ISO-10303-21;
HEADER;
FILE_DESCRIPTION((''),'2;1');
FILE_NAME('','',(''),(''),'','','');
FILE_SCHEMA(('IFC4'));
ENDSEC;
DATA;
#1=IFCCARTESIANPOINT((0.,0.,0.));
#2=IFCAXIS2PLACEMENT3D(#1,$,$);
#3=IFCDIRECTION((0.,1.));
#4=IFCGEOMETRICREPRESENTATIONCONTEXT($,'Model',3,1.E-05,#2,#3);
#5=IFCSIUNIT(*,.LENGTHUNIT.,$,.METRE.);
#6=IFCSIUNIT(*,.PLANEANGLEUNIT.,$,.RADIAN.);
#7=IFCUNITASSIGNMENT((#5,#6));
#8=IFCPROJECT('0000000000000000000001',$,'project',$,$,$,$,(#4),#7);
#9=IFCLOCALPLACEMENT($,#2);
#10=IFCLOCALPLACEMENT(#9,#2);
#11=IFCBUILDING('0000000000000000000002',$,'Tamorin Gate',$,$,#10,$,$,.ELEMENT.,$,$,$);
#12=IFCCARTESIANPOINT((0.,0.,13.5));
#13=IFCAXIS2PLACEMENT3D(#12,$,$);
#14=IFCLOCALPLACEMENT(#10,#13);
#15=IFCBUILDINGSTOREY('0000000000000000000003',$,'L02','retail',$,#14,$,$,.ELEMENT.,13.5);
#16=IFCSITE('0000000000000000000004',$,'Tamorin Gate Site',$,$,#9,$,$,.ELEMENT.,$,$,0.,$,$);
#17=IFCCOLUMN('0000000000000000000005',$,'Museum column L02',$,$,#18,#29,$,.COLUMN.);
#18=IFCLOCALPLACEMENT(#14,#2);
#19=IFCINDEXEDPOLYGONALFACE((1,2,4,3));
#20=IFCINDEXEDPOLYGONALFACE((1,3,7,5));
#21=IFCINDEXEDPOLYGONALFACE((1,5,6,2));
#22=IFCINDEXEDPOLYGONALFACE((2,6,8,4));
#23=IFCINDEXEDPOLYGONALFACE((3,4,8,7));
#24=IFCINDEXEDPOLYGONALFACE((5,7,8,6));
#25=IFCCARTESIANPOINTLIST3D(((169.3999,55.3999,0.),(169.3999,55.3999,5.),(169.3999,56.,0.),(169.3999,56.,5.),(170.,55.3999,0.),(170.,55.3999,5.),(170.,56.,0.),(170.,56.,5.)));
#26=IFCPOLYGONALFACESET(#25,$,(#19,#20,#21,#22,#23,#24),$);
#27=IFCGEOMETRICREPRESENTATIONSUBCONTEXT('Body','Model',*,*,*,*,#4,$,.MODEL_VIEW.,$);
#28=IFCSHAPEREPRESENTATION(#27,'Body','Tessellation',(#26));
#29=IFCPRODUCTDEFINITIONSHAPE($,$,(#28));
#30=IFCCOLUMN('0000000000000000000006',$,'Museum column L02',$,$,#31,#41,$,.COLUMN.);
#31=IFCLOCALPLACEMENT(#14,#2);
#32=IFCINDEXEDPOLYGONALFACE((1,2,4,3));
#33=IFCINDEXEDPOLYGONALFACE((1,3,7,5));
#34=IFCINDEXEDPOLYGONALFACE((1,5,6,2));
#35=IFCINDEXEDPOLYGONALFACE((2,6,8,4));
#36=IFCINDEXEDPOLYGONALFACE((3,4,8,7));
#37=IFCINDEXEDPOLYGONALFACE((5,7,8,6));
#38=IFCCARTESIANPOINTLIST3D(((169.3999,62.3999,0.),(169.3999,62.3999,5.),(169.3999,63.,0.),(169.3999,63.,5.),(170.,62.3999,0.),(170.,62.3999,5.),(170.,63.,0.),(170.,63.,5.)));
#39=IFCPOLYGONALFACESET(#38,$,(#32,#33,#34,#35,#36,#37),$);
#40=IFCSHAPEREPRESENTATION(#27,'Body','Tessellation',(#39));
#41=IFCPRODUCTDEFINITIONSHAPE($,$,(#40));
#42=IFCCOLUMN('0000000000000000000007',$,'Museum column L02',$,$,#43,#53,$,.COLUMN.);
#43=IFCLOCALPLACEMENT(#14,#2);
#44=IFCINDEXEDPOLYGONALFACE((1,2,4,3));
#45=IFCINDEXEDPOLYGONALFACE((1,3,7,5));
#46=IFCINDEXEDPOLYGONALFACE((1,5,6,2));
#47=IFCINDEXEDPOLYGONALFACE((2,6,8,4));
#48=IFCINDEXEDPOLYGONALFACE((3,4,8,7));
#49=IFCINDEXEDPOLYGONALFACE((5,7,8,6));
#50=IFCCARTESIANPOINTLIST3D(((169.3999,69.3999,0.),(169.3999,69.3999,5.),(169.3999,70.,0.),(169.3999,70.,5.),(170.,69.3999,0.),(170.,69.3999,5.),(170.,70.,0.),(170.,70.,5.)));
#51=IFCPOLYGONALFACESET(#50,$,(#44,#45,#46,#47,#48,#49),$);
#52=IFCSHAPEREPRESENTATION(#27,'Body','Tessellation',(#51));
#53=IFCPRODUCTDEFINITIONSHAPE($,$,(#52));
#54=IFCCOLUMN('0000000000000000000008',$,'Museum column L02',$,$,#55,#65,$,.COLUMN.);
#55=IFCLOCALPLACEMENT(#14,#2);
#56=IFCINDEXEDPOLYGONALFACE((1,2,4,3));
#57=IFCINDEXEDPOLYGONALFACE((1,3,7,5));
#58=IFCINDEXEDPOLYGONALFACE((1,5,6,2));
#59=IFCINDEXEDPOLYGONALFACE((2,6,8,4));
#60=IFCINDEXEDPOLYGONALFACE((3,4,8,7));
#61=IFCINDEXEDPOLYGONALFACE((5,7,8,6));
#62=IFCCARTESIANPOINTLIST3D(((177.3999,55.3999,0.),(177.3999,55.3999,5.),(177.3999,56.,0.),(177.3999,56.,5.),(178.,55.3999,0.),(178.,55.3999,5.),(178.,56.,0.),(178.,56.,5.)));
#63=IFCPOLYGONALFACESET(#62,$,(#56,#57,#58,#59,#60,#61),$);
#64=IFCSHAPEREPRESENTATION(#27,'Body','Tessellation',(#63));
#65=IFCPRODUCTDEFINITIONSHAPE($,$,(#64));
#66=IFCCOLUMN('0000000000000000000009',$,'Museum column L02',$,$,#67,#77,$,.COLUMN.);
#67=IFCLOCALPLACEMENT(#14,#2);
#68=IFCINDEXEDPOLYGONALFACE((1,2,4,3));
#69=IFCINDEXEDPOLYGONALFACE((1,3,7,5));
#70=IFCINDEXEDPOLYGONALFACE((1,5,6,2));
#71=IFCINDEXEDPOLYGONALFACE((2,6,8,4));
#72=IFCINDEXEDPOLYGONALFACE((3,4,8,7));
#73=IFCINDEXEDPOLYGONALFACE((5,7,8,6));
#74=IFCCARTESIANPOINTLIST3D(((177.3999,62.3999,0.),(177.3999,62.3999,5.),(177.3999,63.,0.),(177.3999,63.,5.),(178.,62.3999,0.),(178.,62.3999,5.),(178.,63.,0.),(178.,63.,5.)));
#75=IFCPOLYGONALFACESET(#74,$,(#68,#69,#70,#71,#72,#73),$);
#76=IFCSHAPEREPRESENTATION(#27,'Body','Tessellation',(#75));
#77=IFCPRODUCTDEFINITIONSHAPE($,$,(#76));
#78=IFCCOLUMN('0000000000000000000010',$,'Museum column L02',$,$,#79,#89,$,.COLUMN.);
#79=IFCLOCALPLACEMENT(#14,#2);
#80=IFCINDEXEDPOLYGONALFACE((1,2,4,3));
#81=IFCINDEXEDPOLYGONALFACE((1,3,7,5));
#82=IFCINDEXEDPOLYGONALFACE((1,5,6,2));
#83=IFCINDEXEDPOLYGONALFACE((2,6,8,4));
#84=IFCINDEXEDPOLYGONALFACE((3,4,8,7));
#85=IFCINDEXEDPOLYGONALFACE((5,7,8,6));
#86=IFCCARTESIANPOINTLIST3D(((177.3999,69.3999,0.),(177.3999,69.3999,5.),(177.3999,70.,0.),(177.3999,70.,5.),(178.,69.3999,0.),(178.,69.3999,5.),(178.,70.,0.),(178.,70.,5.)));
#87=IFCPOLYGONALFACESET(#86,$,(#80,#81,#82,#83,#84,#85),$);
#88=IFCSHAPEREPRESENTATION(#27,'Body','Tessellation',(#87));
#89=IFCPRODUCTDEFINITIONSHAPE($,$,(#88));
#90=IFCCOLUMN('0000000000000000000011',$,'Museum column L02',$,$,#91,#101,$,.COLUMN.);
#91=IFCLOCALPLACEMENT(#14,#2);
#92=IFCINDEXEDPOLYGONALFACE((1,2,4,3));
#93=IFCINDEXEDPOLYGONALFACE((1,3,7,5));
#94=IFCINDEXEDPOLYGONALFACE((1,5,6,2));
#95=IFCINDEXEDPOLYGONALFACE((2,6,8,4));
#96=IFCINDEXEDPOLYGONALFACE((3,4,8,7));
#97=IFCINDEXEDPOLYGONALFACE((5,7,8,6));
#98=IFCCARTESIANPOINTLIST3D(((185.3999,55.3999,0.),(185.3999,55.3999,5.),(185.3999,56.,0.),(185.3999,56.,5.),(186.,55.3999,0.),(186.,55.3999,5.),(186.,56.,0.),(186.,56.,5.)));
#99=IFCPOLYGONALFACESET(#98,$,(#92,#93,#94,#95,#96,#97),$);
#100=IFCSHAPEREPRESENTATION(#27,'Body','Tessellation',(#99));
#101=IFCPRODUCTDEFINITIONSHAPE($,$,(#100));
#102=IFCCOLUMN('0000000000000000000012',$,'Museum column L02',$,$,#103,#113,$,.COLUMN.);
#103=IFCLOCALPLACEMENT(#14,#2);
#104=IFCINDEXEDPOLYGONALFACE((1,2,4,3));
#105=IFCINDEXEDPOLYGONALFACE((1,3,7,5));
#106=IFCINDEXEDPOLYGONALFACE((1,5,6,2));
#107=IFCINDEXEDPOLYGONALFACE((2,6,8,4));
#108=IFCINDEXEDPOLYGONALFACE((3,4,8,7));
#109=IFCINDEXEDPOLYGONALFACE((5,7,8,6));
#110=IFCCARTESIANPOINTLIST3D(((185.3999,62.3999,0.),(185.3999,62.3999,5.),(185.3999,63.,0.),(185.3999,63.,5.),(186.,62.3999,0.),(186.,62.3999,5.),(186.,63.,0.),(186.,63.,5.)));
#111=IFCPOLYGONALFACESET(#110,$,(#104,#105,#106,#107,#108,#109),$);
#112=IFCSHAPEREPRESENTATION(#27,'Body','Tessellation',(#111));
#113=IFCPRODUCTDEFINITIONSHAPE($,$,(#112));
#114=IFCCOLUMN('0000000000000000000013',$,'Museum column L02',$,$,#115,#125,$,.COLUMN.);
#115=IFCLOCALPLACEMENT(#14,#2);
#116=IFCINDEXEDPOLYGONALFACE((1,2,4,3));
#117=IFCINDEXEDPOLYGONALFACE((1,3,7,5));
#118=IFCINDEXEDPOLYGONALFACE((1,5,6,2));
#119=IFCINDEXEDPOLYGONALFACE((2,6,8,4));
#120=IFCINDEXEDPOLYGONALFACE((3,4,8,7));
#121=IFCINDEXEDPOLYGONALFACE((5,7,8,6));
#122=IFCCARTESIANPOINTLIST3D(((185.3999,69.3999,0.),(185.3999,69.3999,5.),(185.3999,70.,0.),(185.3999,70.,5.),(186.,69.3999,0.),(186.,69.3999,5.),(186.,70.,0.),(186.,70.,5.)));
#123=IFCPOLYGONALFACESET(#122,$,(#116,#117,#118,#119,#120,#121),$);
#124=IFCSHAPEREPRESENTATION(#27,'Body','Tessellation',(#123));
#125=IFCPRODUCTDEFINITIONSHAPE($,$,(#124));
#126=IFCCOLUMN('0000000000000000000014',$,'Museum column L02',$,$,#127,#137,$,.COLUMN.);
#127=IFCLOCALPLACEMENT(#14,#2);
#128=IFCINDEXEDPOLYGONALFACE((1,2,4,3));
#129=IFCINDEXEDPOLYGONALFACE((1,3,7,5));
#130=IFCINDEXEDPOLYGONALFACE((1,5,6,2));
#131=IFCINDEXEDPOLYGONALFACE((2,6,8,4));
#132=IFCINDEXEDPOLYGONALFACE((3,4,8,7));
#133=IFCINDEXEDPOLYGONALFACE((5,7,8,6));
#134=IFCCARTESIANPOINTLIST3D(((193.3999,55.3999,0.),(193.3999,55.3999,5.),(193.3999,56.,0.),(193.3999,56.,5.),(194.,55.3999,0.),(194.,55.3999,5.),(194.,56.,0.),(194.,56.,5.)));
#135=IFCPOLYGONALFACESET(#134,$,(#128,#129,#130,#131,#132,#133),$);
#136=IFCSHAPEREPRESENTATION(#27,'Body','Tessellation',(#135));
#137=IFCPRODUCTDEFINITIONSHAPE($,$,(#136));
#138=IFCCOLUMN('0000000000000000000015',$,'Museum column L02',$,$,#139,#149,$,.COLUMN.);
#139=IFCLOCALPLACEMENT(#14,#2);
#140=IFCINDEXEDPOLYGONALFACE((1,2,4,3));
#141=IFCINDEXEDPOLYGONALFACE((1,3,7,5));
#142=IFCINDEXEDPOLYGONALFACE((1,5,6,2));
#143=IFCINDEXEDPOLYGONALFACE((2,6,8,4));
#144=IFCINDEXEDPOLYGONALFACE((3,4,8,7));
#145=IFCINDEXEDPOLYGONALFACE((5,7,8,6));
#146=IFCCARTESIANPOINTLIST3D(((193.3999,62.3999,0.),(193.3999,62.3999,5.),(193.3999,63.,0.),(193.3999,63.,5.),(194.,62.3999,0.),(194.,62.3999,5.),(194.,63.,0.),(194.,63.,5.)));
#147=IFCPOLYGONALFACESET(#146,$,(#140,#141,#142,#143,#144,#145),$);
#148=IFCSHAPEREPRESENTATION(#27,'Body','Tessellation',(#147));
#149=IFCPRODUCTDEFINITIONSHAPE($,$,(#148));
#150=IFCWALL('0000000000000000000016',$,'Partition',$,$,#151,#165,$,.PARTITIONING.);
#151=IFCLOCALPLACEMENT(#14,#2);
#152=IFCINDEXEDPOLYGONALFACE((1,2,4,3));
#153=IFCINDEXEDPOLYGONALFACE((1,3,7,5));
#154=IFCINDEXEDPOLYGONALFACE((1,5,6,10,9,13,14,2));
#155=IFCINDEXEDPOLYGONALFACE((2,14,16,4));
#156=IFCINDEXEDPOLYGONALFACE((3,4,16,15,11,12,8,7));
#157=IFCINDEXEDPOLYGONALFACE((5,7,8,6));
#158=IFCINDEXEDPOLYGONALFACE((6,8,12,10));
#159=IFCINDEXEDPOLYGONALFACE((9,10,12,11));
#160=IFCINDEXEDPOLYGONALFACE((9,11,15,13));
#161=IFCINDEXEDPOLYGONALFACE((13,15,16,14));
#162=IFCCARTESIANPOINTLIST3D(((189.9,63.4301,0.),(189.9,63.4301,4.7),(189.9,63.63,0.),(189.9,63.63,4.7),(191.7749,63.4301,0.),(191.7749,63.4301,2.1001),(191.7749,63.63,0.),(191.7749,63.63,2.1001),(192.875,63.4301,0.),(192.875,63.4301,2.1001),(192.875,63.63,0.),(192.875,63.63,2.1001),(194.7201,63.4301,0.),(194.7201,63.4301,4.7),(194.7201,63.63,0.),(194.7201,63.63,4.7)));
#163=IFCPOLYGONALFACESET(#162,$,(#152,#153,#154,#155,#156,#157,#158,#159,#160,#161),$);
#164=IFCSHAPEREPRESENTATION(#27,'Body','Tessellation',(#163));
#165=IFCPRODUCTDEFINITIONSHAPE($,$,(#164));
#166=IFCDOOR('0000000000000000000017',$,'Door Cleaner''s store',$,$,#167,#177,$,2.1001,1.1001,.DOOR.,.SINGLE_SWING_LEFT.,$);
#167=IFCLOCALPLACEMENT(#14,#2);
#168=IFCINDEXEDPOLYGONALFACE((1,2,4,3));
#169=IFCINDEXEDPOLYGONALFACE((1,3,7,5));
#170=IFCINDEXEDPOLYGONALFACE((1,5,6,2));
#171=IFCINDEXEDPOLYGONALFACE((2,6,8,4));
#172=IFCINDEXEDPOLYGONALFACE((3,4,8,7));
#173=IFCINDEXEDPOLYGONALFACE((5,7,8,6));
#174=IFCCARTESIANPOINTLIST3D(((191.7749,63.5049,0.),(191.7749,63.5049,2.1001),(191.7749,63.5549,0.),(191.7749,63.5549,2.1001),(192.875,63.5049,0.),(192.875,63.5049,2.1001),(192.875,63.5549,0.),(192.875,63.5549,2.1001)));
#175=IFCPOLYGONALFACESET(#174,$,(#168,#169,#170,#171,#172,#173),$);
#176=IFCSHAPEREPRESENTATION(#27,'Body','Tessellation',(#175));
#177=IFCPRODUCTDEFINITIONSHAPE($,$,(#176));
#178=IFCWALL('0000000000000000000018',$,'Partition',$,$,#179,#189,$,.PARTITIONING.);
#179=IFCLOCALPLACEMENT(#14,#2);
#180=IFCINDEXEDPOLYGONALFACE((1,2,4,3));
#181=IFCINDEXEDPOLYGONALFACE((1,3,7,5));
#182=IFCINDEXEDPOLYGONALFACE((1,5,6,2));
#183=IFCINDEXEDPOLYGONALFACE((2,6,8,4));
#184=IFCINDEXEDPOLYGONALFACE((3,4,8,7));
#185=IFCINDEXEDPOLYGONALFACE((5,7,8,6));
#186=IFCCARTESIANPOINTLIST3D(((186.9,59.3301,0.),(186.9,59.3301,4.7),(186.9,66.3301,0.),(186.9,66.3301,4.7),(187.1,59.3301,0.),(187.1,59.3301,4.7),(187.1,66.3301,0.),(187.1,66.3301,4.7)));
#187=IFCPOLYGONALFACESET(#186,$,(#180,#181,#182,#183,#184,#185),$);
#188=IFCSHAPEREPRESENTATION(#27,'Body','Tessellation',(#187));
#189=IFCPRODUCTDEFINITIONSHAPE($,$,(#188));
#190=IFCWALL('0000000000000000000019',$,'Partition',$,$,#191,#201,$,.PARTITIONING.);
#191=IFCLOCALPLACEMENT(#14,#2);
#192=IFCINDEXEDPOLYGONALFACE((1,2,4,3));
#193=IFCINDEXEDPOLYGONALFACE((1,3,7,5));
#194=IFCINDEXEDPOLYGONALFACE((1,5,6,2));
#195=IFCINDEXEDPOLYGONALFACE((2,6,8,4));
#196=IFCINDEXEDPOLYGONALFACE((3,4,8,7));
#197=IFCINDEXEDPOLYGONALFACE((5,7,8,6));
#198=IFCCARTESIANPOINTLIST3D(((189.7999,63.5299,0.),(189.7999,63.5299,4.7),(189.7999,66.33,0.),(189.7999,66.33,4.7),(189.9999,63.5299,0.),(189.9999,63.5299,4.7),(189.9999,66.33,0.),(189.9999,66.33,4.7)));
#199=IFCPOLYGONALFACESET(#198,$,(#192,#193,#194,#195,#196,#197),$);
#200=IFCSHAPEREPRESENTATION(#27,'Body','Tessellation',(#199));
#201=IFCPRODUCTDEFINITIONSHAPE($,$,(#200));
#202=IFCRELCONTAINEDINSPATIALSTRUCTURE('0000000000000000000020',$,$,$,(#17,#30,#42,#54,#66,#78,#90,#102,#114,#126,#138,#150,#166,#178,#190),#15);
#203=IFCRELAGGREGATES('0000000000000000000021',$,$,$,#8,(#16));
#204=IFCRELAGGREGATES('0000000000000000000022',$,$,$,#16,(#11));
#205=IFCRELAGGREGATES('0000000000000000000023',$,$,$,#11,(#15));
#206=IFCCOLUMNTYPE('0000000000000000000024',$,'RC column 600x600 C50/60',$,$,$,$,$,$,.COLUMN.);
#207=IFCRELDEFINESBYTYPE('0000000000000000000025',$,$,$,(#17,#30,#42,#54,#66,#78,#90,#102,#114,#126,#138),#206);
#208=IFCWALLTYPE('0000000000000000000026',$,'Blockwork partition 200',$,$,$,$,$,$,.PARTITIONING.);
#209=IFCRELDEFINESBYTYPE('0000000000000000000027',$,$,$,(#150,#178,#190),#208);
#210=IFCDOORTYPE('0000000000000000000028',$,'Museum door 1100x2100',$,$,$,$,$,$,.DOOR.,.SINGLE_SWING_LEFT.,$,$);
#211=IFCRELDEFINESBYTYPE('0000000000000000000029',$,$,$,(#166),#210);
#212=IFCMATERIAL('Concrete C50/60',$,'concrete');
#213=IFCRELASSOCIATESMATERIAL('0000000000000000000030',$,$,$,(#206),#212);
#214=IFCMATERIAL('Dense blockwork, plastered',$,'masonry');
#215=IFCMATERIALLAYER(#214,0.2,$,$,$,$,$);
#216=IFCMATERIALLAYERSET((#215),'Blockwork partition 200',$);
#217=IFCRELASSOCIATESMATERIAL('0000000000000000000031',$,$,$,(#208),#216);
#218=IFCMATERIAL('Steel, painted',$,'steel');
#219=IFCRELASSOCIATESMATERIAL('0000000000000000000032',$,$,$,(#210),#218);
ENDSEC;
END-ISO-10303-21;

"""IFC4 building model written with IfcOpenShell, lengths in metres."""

from ifc_helpers import new_model, si_unit, direction, frame, frame_2d, origin, origin_2d, place, context, subcontext, project, spatial, rectangle, extrude, material, layer, layer_set, material_profile, profile_set, type_object, element, fill, save


model = new_model("IFC4")

# Units and contexts
model_context = context("Model", 3, precision=1e-05, world=origin(), true_north=direction((0.0, 1.0)))
body_context = subcontext(model_context, "Body", "Model", "MODEL_VIEW")
ifc_project = project(units=[si_unit("LENGTHUNIT", "METRE"), si_unit("PLANEANGLEUNIT", "RADIAN")], contexts=[model_context])

# Site, building, storey
site_placement = place(None, origin())
site = spatial("IfcSite", under=ifc_project, at=site_placement, Name="Tamorin Gate Site", CompositionType="ELEMENT", RefElevation=0.0)
building_placement = place(site_placement, origin())
building = spatial("IfcBuilding", under=site, at=building_placement, Name="Tamorin Gate", CompositionType="ELEMENT")
storey_placement = place(building_placement, frame((0.0, 0.0, 13.5)))
storey = spatial("IfcBuildingStorey", under=building, at=storey_placement, Name="L02", Description="retail", CompositionType="ELEMENT", Elevation=13.5)

# Columns
ifc_material_1 = material(Name="Concrete C50/60", Category="concrete")
ifc_material_profile = material_profile(ifc_material_1, rectangle(XDim=0.6001, YDim=0.6001, at=origin_2d()))
ifc_profile_set = profile_set([ifc_material_profile], Name="Concrete C50/60")
column_type = type_object("IfcColumnType", Name="RC column 600x600 C50/60", PredefinedType="COLUMN", material=ifc_profile_set)
for number, where, z_axis, x_axis, name in (
    (1, (169.7, 55.7, 0.0), (0.0, 0.0, 1.0), (1.0, 0.0, 0.0), "Museum column L02"),
    (2, (169.7, 62.7, 0.0), (0.0, 0.0, 1.0), (1.0, 0.0, 0.0), "Museum column L02"),
    (3, (169.7, 69.7, 0.0), (0.0, 0.0, 1.0), (1.0, 0.0, 0.0), "Museum column L02"),
    (4, (177.7, 55.7, 0.0), (0.0, 0.0, 1.0), (1.0, 0.0, 0.0), "Museum column L02"),
    (5, (177.7, 62.7, 0.0), (0.0, 0.0, 1.0), (1.0, 0.0, 0.0), "Museum column L02"),
    (6, (177.7, 69.7, 0.0), (0.0, 0.0, 1.0), (1.0, 0.0, 0.0), "Museum column L02"),
    (7, (185.7, 55.7, 0.0), (0.0, 0.0, 1.0), (1.0, 0.0, 0.0), "Museum column L02"),
    (8, (185.7, 62.7, 0.0), (0.0, 0.0, 1.0), (1.0, 0.0, 0.0), "Museum column L02"),
    (9, (185.7, 69.7, 0.0), (0.0, 0.0, 1.0), (1.0, 0.0, 0.0), "Museum column L02"),
    (10, (193.7, 55.7, 0.0), (0.0, 0.0, 1.0), (1.0, 0.0, 0.0), "Museum column L02"),
    (11, (193.7, 62.7, 0.0), (0.0, 0.0, 1.0), (1.0, 0.0, 0.0), "Museum column L02"),
):
    element("IfcColumn", number, at=place(storey_placement, frame(where, z_axis=z_axis, x_axis=x_axis)), inside=storey, type_object=column_type, Name=name, PredefinedType="COLUMN", context=body_context, shape_type="SweptSolid", body=[
        extrude(rectangle(XDim=0.6001, YDim=0.6001, at=origin_2d()), origin(), (0.0, 0.0, 1.0), 5.0),
    ])

# Wall, opening, door
ifc_material_2 = material(Name="Dense blockwork, plastered", Category="masonry")
ifc_layer_1 = layer(ifc_material_2, 0.2)
ifc_layer_set_1 = layer_set([ifc_layer_1], Name="Blockwork partition 200")
wall_type_1 = type_object("IfcWallType", Name="Blockwork partition 200", PredefinedType="PARTITIONING", material=ifc_layer_set_1)
wall_1_placement = place(storey_placement, frame((189.8999, 63.53, 0.0), z_axis=(0.0, 0.0, 1.0), x_axis=(1.0, 0.0, 0.0)))
wall_1 = element("IfcWall", 12, at=wall_1_placement, inside=storey, type_object=wall_type_1, Name="Partition", PredefinedType="PARTITIONING", context=body_context, shape_type="SweptSolid", body=[
    extrude(rectangle(XDim=4.8201, YDim=0.2, at=frame_2d((2.4102, 0.0))), origin(), (0.0, 0.0, 1.0), 4.7),
])
opening_1_placement = place(wall_1_placement, frame((1.875, 0.0, 0.0)))
opening_1 = element("IfcOpeningElement", 13, at=opening_1_placement, cuts=wall_1, PredefinedType="OPENING", context=body_context, shape_type="SweptSolid", body=[
    extrude(rectangle(XDim=1.1001, YDim=2.1001, at=frame_2d((0.55, 1.05))), frame((0.0, 0.1099, 0.0), z_axis=(0.0, -1.0, 0.0), x_axis=(1.0, 0.0, 0.0)), (0.0, 0.0, 1.0), 0.22),
])
ifc_material_3 = material(Name="Steel, painted", Category="steel")
door_type_1 = type_object("IfcDoorType", Name="Museum door 1100x2100", OperationType="SINGLE_SWING_LEFT", PredefinedType="DOOR", material=ifc_material_3)
door_1_placement = place(opening_1_placement, origin())
door_1 = element("IfcDoor", 14, at=door_1_placement, inside=storey, type_object=door_type_1, Name="Door Cleaner's store", OperationType="SINGLE_SWING_LEFT", OverallHeight=2.1001, OverallWidth=1.1001, PredefinedType="DOOR", context=body_context, shape_type="SweptSolid", body=[
    extrude(rectangle(XDim=1.1001, YDim=2.1001, at=frame_2d((0.55, 1.05))), frame((0.0, 0.0249, 0.0), z_axis=(0.0, -1.0, 0.0), x_axis=(1.0, 0.0, 0.0)), (0.0, 0.0, 1.0), 0.05),
])
fill(opening_1, door_1)

# Walls
wall_2_placement = place(storey_placement, frame((187.0, 59.3301, 0.0), z_axis=(0.0, 0.0, 1.0), x_axis=(0.0, 1.0, 0.0)))
element("IfcWall", 15, at=wall_2_placement, inside=storey, type_object=wall_type_1, Name="Partition", PredefinedType="PARTITIONING", context=body_context, shape_type="SweptSolid", body=[
    extrude(rectangle(XDim=7.0, YDim=0.2, at=frame_2d((3.5, 0.0))), origin(), (0.0, 0.0, 1.0), 4.7),
])
wall_3_placement = place(storey_placement, frame((189.8999, 63.53, 0.0), z_axis=(0.0, 0.0, 1.0), x_axis=(0.0, 1.0, 0.0)))
element("IfcWall", 16, at=wall_3_placement, inside=storey, type_object=wall_type_1, Name="Partition", PredefinedType="PARTITIONING", context=body_context, shape_type="SweptSolid", body=[
    extrude(rectangle(XDim=2.8, YDim=0.2, at=frame_2d((1.3999, 0.0))), origin(), (0.0, 0.0, 1.0), 4.7),
])

save(model, "model.ifc")
